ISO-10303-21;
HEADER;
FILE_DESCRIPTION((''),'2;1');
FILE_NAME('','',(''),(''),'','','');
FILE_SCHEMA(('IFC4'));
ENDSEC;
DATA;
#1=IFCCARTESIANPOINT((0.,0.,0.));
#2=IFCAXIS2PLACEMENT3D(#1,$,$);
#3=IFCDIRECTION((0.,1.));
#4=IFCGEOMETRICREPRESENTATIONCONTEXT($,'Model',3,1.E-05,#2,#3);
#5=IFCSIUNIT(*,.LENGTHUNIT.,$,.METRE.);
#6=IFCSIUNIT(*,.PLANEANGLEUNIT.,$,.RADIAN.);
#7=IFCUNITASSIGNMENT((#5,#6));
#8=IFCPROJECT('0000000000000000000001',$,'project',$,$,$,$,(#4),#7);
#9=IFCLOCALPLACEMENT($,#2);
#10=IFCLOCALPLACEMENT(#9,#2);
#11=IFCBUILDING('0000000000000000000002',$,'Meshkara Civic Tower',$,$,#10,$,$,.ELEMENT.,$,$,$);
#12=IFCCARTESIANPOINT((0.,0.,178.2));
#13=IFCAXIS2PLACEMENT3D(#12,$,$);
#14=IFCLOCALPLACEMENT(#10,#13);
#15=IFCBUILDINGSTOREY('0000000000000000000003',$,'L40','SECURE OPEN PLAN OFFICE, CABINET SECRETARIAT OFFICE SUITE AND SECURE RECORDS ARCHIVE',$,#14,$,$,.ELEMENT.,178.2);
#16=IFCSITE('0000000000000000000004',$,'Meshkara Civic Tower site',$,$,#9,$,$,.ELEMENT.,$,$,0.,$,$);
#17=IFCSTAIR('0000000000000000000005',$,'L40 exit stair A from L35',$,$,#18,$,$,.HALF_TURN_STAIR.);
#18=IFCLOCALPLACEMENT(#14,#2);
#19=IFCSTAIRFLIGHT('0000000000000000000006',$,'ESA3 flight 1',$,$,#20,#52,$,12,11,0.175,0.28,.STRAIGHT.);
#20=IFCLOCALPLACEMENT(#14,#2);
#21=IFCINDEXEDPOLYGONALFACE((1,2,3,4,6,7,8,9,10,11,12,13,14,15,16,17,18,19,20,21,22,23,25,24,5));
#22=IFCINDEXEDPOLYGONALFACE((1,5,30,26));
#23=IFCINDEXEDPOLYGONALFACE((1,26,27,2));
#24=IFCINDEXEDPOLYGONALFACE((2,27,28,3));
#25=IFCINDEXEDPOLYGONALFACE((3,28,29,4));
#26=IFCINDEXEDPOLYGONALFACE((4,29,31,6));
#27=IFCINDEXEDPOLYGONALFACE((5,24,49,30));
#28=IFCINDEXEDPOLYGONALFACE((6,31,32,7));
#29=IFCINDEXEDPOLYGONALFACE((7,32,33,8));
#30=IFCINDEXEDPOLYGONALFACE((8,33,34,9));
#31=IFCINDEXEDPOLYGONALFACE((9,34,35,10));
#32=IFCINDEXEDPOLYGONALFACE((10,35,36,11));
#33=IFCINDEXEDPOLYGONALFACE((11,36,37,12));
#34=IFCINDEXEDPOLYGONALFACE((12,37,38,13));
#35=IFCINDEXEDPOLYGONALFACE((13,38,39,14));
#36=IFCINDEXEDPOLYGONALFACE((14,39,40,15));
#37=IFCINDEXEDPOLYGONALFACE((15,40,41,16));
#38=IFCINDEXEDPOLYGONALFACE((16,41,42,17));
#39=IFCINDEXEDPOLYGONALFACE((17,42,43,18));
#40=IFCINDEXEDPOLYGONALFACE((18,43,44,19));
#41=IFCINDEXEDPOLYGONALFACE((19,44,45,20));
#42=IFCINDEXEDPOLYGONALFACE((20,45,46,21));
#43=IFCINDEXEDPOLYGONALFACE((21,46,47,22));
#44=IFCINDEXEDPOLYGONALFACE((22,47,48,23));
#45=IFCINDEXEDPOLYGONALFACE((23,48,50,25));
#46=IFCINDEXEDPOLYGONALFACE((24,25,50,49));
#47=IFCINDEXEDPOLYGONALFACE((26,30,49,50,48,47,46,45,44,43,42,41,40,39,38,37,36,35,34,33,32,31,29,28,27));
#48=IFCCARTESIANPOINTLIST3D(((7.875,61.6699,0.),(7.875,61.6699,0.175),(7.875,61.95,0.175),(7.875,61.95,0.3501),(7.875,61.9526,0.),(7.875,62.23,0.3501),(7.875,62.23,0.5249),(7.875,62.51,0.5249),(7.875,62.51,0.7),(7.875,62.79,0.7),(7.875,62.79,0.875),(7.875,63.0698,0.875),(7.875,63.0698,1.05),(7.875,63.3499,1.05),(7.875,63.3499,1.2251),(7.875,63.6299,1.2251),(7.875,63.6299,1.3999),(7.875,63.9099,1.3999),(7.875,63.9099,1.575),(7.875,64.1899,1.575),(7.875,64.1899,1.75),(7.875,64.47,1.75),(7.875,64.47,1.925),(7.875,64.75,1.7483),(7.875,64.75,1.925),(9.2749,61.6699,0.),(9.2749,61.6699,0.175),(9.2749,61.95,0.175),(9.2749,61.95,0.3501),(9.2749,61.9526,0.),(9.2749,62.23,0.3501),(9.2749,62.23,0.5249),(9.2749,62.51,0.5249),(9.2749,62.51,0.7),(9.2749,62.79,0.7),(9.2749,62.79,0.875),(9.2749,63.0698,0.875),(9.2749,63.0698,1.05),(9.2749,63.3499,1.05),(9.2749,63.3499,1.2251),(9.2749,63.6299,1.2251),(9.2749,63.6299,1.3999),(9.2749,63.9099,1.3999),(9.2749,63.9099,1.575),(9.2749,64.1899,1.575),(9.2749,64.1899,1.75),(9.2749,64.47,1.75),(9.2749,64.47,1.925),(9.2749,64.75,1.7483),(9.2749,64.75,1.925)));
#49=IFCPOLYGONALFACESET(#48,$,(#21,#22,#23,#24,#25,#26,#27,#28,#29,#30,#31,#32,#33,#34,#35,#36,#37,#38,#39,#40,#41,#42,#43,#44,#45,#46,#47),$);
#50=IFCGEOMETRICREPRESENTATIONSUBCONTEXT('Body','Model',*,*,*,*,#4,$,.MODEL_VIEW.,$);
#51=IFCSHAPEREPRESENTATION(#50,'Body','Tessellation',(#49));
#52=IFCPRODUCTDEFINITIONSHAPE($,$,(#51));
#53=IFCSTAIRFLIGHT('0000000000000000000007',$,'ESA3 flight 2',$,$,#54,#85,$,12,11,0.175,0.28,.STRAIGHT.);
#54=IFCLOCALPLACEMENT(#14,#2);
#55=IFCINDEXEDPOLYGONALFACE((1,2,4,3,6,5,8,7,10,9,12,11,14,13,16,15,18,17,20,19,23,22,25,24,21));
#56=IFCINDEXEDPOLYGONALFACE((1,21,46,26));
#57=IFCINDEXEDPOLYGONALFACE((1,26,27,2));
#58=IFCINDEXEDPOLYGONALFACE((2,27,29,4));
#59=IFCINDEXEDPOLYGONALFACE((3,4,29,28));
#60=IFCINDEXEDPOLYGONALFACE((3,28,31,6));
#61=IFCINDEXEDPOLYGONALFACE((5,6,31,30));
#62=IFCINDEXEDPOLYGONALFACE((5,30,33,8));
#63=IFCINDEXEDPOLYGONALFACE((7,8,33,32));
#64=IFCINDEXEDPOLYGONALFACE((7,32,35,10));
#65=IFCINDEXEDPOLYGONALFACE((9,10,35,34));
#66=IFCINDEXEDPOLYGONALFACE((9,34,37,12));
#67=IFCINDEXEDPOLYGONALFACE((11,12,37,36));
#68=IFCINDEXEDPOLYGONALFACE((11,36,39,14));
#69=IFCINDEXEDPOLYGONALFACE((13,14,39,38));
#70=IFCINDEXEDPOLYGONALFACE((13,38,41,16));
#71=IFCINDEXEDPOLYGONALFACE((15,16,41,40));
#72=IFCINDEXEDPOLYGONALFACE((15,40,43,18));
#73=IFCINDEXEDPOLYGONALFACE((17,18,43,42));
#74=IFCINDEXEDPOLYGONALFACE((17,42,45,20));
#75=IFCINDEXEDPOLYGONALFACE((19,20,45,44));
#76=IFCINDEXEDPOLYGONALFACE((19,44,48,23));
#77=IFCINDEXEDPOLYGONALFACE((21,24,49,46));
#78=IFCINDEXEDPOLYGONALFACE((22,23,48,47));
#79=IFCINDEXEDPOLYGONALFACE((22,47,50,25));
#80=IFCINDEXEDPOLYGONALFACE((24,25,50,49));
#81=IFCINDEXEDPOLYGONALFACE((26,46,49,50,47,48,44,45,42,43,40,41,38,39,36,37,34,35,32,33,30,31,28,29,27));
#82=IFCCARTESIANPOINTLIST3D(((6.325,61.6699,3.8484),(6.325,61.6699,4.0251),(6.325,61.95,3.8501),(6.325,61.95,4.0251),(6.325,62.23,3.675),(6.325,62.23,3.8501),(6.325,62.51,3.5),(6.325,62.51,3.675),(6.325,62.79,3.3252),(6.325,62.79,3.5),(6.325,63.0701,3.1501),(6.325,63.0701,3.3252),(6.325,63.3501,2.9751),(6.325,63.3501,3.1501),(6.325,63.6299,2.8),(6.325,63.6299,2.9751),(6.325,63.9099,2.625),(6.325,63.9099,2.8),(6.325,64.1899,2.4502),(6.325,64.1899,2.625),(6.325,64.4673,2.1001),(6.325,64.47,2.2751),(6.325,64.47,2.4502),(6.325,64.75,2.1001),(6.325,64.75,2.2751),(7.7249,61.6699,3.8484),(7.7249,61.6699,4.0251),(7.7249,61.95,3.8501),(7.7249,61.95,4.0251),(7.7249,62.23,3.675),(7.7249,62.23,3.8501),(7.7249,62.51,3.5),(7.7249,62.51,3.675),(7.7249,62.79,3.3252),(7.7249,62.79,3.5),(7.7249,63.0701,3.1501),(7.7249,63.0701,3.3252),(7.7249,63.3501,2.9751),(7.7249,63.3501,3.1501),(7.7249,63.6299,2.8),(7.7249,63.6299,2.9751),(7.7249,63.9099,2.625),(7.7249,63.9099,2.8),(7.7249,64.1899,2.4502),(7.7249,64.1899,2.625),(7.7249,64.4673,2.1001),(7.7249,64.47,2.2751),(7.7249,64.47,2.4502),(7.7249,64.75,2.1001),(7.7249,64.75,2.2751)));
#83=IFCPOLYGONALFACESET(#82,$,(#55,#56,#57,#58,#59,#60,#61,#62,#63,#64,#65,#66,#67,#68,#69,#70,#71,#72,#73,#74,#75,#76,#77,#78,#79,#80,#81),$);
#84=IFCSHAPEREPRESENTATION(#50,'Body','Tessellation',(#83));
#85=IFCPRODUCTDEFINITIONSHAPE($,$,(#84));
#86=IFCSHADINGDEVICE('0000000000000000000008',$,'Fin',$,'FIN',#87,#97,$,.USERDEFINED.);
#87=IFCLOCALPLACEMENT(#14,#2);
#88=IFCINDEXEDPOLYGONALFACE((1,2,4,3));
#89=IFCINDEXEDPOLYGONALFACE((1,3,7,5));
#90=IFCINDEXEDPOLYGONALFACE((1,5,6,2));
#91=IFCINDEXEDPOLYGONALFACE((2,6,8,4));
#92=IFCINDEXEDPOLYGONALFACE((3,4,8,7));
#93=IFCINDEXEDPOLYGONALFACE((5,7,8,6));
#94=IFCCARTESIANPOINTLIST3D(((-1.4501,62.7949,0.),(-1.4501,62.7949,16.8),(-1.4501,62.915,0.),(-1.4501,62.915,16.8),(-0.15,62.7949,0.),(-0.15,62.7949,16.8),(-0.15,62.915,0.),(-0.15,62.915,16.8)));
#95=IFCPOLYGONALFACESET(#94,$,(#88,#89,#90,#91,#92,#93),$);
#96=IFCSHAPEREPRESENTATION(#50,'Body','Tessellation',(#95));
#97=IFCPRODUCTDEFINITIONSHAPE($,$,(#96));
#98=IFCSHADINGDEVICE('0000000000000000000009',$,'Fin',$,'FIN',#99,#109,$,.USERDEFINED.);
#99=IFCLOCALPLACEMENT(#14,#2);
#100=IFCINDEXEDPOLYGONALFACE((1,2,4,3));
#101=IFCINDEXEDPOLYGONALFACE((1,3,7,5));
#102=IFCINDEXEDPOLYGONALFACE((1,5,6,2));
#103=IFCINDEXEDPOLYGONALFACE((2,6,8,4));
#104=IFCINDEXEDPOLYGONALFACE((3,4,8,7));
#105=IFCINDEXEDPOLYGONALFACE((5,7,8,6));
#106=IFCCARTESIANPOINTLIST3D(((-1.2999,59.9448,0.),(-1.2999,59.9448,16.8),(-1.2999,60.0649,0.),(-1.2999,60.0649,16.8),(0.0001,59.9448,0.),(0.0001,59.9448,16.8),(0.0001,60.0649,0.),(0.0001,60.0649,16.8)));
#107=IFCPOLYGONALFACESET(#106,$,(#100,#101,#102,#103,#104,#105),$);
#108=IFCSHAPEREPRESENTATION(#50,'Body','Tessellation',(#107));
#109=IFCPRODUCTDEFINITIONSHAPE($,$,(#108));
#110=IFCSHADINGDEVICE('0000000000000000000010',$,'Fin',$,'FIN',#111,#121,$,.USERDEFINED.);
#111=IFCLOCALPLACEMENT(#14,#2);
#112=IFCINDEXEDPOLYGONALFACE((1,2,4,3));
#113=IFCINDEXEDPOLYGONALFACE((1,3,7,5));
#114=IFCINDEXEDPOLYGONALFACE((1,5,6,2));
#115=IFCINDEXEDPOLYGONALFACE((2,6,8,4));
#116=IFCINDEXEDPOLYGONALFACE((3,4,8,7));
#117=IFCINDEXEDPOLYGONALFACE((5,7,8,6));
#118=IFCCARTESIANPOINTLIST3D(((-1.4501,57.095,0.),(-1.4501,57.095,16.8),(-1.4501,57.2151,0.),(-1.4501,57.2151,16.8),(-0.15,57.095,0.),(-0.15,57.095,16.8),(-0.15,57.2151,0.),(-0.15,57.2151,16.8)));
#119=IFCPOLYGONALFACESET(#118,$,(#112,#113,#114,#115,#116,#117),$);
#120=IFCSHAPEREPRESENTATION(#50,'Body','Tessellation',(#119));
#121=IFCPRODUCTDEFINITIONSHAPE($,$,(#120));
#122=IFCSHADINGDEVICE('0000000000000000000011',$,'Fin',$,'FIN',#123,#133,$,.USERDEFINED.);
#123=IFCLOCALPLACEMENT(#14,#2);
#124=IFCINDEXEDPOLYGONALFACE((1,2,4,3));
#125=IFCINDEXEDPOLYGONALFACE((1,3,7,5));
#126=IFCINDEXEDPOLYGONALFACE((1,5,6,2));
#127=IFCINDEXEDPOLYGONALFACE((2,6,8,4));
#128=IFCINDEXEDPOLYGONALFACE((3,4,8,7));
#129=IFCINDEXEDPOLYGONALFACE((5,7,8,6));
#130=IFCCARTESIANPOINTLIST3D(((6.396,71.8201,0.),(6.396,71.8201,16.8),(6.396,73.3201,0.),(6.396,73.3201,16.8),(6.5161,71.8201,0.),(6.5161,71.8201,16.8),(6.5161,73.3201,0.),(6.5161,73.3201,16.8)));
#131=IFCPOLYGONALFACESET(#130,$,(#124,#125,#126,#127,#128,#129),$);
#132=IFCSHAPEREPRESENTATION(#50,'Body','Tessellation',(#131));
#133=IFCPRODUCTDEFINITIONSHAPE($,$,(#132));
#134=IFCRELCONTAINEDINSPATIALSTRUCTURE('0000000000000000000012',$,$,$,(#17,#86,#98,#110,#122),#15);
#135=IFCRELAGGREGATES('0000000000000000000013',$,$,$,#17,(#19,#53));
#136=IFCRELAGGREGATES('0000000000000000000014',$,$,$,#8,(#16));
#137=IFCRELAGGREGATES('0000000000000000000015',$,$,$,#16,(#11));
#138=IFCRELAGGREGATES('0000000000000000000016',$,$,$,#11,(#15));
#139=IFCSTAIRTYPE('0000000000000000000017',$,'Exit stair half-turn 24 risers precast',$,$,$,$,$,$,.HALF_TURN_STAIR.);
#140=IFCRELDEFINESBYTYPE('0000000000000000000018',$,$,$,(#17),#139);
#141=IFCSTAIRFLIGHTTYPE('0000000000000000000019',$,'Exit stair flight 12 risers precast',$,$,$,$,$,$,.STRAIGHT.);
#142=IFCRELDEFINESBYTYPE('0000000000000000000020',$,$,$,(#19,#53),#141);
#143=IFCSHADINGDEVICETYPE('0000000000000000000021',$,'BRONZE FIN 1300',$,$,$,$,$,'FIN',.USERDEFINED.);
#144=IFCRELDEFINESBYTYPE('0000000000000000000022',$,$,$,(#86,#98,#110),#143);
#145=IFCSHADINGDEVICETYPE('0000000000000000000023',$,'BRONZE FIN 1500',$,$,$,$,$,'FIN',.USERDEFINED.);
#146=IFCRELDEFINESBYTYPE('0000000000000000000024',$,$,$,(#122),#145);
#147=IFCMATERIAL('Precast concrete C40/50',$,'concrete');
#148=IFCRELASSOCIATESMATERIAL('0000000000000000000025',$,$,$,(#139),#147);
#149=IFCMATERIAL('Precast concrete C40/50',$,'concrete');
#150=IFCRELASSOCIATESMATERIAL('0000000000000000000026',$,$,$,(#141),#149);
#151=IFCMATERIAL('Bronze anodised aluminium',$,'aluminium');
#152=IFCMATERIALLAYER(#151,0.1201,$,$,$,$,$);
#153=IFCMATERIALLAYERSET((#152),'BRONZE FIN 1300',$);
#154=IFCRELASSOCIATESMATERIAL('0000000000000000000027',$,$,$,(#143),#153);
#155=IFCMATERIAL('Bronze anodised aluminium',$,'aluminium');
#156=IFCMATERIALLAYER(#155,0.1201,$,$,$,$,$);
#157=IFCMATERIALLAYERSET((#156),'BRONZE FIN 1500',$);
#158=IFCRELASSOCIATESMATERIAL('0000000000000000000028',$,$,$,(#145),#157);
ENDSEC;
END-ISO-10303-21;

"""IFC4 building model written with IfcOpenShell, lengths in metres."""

from ifc_helpers import new_model, si_unit, direction, frame, origin, origin_2d, place, context, subcontext, project, spatial, polyline, rectangle, outline, extrude, material, layer, layer_set, type_object, element, aggregate, save


model = new_model("IFC4")

# Units and contexts
model_context = context("Model", 3, precision=1e-05, world=origin(), true_north=direction((0.0, 1.0)))
body_context = subcontext(model_context, "Body", "Model", "MODEL_VIEW")
ifc_project = project(units=[si_unit("LENGTHUNIT", "METRE"), si_unit("PLANEANGLEUNIT", "RADIAN")], contexts=[model_context])

# Site, building, storey
site_placement = place(None, origin())
site = spatial("IfcSite", under=ifc_project, at=site_placement, Name="Meshkara Civic Tower site", CompositionType="ELEMENT", RefElevation=0.0)
building_placement = place(site_placement, origin())
building = spatial("IfcBuilding", under=site, at=building_placement, Name="Meshkara Civic Tower", CompositionType="ELEMENT")
storey_placement = place(building_placement, frame((0.0, 0.0, 178.2)))
storey = spatial("IfcBuildingStorey", under=building, at=storey_placement, Name="L40", Description="SECURE OPEN PLAN OFFICE, CABINET SECRETARIAT OFFICE SUITE AND SECURE RECORDS ARCHIVE", CompositionType="ELEMENT", Elevation=178.2)

# Stair, stair flights
ifc_material_1 = material(Name="Precast concrete C40/50", Category="concrete")
stair_type = type_object("IfcStairType", Name="Exit stair half-turn 24 risers precast", PredefinedType="HALF_TURN_STAIR", material=ifc_material_1)
stair_placement = place(storey_placement, origin())
stair = element("IfcStair", 1, at=stair_placement, inside=storey, type_object=stair_type, Name="L40 exit stair A from L35", PredefinedType="HALF_TURN_STAIR")
ifc_material_2 = material(Name="Precast concrete C40/50", Category="concrete")
stair_flight_type = type_object("IfcStairFlightType", Name="Exit stair flight 12 risers precast", PredefinedType="STRAIGHT", material=ifc_material_2)
stair_flight_1_placement = place(storey_placement, frame((8.575, 61.6699, 0.0), z_axis=(0.0, 0.0, 1.0), x_axis=(0.0, 1.0, 0.0)))
stair_flight_1 = element("IfcStairFlight", 2, at=stair_flight_1_placement, type_object=stair_flight_type, Name="ESA3 flight 1", NumberOfRisers=12, NumberOfTreads=11, PredefinedType="STRAIGHT", RiserHeight=0.175, TreadLength=0.28, context=body_context, shape_type="SweptSolid", body=[
    extrude(outline(polyline([(0.0, 0.0), (0.0, 0.175), (0.28, 0.175), (0.28, 0.3501), (0.5601, 0.3501), (0.5601, 0.5249), (0.8401, 0.5249), (0.8401, 0.7), (1.1201, 0.7), (1.1201, 0.875), (1.3999, 0.875), (1.3999, 1.05), (1.6799, 1.05), (1.6799, 1.2251), (1.96, 1.2251), (1.96, 1.3999), (2.24, 1.3999), (2.24, 1.575), (2.52, 1.575), (2.52, 1.75), (2.8, 1.75), (2.8, 1.925), (3.0801, 1.925), (3.0801, 2.1001), (3.0801, 1.7483), (0.2827, 0.0), (0.0, 0.0)])), frame((0.0, 0.7, 0.0), z_axis=(0.0, -1.0, 0.0), x_axis=(1.0, 0.0, 0.0)), (0.0, 0.0, 1.0), 1.3999),
])
stair_flight_2_placement = place(storey_placement, frame((7.0249, 64.75, 2.1001), z_axis=(0.0, 0.0, 1.0), x_axis=(0.0, -1.0, 0.0)))
stair_flight_2 = element("IfcStairFlight", 3, at=stair_flight_2_placement, type_object=stair_flight_type, Name="ESA3 flight 2", NumberOfRisers=12, NumberOfTreads=11, PredefinedType="STRAIGHT", RiserHeight=0.175, TreadLength=0.28, context=body_context, shape_type="SweptSolid", body=[
    extrude(outline(polyline([(0.0, 0.0), (0.0, 0.175), (0.28, 0.175), (0.28, 0.3501), (0.5601, 0.3501), (0.5601, 0.5249), (0.8401, 0.5249), (0.8401, 0.7), (1.1201, 0.7), (1.1201, 0.875), (1.3999, 0.875), (1.3999, 1.05), (1.6799, 1.05), (1.6799, 1.2251), (1.96, 1.2251), (1.96, 1.3999), (2.24, 1.3999), (2.24, 1.575), (2.52, 1.575), (2.52, 1.75), (2.8, 1.75), (2.8, 1.925), (3.0801, 1.925), (3.0801, 2.1001), (3.0801, 1.7483), (0.2827, 0.0), (0.0, 0.0)])), frame((0.0, 0.7, 0.0), z_axis=(0.0, -1.0, 0.0), x_axis=(1.0, 0.0, 0.0)), (0.0, 0.0, 1.0), 1.3999),
])
aggregate(stair, [stair_flight_1, stair_flight_2])

# Shading devices
ifc_material_3 = material(Name="Bronze anodised aluminium", Category="aluminium")
ifc_layer_1 = layer(ifc_material_3, 0.1201)
ifc_layer_set_1 = layer_set([ifc_layer_1], Name="BRONZE FIN 1300")
shading_device_type_1 = type_object("IfcShadingDeviceType", Name="BRONZE FIN 1300", ElementType="FIN", PredefinedType="USERDEFINED", material=ifc_layer_set_1)
for number, where, z_axis, x_axis, name in (
    (4, (-0.8, 62.855, 0.0), (0.0, 0.0, 1.0), (0.0, -1.0, 0.0), "Fin"),
    (5, (-0.6499, 60.0049, 0.0), (0.0, 0.0, 1.0), (0.0, -1.0, 0.0), "Fin"),
    (6, (-0.8, 57.155, 0.0), (0.0, 0.0, 1.0), (0.0, -1.0, 0.0), "Fin"),
):
    element("IfcShadingDevice", number, at=place(storey_placement, frame(where, z_axis=z_axis, x_axis=x_axis)), inside=storey, type_object=shading_device_type_1, Name=name, ObjectType="FIN", PredefinedType="USERDEFINED", context=body_context, shape_type="SweptSolid", body=[
        extrude(rectangle(XDim=0.1201, YDim=1.3, at=origin_2d()), origin(), (0.0, 0.0, 1.0), 16.8),
    ])
ifc_material_4 = material(Name="Bronze anodised aluminium", Category="aluminium")
ifc_layer_2 = layer(ifc_material_4, 0.1201)
ifc_layer_set_2 = layer_set([ifc_layer_2], Name="BRONZE FIN 1500")
shading_device_type_2 = type_object("IfcShadingDeviceType", Name="BRONZE FIN 1500", ElementType="FIN", PredefinedType="USERDEFINED", material=ifc_layer_set_2)
shading_device_placement = place(storey_placement, frame((6.4561, 72.5701, 0.0), z_axis=(0.0, 0.0, 1.0), x_axis=(-1.0, 0.0, 0.0)))
element("IfcShadingDevice", 7, at=shading_device_placement, inside=storey, type_object=shading_device_type_2, Name="Fin", ObjectType="FIN", PredefinedType="USERDEFINED", context=body_context, shape_type="SweptSolid", body=[
    extrude(rectangle(XDim=0.1201, YDim=1.5, at=origin_2d()), origin(), (0.0, 0.0, 1.0), 16.8),
])

save(model, "model.ifc")
